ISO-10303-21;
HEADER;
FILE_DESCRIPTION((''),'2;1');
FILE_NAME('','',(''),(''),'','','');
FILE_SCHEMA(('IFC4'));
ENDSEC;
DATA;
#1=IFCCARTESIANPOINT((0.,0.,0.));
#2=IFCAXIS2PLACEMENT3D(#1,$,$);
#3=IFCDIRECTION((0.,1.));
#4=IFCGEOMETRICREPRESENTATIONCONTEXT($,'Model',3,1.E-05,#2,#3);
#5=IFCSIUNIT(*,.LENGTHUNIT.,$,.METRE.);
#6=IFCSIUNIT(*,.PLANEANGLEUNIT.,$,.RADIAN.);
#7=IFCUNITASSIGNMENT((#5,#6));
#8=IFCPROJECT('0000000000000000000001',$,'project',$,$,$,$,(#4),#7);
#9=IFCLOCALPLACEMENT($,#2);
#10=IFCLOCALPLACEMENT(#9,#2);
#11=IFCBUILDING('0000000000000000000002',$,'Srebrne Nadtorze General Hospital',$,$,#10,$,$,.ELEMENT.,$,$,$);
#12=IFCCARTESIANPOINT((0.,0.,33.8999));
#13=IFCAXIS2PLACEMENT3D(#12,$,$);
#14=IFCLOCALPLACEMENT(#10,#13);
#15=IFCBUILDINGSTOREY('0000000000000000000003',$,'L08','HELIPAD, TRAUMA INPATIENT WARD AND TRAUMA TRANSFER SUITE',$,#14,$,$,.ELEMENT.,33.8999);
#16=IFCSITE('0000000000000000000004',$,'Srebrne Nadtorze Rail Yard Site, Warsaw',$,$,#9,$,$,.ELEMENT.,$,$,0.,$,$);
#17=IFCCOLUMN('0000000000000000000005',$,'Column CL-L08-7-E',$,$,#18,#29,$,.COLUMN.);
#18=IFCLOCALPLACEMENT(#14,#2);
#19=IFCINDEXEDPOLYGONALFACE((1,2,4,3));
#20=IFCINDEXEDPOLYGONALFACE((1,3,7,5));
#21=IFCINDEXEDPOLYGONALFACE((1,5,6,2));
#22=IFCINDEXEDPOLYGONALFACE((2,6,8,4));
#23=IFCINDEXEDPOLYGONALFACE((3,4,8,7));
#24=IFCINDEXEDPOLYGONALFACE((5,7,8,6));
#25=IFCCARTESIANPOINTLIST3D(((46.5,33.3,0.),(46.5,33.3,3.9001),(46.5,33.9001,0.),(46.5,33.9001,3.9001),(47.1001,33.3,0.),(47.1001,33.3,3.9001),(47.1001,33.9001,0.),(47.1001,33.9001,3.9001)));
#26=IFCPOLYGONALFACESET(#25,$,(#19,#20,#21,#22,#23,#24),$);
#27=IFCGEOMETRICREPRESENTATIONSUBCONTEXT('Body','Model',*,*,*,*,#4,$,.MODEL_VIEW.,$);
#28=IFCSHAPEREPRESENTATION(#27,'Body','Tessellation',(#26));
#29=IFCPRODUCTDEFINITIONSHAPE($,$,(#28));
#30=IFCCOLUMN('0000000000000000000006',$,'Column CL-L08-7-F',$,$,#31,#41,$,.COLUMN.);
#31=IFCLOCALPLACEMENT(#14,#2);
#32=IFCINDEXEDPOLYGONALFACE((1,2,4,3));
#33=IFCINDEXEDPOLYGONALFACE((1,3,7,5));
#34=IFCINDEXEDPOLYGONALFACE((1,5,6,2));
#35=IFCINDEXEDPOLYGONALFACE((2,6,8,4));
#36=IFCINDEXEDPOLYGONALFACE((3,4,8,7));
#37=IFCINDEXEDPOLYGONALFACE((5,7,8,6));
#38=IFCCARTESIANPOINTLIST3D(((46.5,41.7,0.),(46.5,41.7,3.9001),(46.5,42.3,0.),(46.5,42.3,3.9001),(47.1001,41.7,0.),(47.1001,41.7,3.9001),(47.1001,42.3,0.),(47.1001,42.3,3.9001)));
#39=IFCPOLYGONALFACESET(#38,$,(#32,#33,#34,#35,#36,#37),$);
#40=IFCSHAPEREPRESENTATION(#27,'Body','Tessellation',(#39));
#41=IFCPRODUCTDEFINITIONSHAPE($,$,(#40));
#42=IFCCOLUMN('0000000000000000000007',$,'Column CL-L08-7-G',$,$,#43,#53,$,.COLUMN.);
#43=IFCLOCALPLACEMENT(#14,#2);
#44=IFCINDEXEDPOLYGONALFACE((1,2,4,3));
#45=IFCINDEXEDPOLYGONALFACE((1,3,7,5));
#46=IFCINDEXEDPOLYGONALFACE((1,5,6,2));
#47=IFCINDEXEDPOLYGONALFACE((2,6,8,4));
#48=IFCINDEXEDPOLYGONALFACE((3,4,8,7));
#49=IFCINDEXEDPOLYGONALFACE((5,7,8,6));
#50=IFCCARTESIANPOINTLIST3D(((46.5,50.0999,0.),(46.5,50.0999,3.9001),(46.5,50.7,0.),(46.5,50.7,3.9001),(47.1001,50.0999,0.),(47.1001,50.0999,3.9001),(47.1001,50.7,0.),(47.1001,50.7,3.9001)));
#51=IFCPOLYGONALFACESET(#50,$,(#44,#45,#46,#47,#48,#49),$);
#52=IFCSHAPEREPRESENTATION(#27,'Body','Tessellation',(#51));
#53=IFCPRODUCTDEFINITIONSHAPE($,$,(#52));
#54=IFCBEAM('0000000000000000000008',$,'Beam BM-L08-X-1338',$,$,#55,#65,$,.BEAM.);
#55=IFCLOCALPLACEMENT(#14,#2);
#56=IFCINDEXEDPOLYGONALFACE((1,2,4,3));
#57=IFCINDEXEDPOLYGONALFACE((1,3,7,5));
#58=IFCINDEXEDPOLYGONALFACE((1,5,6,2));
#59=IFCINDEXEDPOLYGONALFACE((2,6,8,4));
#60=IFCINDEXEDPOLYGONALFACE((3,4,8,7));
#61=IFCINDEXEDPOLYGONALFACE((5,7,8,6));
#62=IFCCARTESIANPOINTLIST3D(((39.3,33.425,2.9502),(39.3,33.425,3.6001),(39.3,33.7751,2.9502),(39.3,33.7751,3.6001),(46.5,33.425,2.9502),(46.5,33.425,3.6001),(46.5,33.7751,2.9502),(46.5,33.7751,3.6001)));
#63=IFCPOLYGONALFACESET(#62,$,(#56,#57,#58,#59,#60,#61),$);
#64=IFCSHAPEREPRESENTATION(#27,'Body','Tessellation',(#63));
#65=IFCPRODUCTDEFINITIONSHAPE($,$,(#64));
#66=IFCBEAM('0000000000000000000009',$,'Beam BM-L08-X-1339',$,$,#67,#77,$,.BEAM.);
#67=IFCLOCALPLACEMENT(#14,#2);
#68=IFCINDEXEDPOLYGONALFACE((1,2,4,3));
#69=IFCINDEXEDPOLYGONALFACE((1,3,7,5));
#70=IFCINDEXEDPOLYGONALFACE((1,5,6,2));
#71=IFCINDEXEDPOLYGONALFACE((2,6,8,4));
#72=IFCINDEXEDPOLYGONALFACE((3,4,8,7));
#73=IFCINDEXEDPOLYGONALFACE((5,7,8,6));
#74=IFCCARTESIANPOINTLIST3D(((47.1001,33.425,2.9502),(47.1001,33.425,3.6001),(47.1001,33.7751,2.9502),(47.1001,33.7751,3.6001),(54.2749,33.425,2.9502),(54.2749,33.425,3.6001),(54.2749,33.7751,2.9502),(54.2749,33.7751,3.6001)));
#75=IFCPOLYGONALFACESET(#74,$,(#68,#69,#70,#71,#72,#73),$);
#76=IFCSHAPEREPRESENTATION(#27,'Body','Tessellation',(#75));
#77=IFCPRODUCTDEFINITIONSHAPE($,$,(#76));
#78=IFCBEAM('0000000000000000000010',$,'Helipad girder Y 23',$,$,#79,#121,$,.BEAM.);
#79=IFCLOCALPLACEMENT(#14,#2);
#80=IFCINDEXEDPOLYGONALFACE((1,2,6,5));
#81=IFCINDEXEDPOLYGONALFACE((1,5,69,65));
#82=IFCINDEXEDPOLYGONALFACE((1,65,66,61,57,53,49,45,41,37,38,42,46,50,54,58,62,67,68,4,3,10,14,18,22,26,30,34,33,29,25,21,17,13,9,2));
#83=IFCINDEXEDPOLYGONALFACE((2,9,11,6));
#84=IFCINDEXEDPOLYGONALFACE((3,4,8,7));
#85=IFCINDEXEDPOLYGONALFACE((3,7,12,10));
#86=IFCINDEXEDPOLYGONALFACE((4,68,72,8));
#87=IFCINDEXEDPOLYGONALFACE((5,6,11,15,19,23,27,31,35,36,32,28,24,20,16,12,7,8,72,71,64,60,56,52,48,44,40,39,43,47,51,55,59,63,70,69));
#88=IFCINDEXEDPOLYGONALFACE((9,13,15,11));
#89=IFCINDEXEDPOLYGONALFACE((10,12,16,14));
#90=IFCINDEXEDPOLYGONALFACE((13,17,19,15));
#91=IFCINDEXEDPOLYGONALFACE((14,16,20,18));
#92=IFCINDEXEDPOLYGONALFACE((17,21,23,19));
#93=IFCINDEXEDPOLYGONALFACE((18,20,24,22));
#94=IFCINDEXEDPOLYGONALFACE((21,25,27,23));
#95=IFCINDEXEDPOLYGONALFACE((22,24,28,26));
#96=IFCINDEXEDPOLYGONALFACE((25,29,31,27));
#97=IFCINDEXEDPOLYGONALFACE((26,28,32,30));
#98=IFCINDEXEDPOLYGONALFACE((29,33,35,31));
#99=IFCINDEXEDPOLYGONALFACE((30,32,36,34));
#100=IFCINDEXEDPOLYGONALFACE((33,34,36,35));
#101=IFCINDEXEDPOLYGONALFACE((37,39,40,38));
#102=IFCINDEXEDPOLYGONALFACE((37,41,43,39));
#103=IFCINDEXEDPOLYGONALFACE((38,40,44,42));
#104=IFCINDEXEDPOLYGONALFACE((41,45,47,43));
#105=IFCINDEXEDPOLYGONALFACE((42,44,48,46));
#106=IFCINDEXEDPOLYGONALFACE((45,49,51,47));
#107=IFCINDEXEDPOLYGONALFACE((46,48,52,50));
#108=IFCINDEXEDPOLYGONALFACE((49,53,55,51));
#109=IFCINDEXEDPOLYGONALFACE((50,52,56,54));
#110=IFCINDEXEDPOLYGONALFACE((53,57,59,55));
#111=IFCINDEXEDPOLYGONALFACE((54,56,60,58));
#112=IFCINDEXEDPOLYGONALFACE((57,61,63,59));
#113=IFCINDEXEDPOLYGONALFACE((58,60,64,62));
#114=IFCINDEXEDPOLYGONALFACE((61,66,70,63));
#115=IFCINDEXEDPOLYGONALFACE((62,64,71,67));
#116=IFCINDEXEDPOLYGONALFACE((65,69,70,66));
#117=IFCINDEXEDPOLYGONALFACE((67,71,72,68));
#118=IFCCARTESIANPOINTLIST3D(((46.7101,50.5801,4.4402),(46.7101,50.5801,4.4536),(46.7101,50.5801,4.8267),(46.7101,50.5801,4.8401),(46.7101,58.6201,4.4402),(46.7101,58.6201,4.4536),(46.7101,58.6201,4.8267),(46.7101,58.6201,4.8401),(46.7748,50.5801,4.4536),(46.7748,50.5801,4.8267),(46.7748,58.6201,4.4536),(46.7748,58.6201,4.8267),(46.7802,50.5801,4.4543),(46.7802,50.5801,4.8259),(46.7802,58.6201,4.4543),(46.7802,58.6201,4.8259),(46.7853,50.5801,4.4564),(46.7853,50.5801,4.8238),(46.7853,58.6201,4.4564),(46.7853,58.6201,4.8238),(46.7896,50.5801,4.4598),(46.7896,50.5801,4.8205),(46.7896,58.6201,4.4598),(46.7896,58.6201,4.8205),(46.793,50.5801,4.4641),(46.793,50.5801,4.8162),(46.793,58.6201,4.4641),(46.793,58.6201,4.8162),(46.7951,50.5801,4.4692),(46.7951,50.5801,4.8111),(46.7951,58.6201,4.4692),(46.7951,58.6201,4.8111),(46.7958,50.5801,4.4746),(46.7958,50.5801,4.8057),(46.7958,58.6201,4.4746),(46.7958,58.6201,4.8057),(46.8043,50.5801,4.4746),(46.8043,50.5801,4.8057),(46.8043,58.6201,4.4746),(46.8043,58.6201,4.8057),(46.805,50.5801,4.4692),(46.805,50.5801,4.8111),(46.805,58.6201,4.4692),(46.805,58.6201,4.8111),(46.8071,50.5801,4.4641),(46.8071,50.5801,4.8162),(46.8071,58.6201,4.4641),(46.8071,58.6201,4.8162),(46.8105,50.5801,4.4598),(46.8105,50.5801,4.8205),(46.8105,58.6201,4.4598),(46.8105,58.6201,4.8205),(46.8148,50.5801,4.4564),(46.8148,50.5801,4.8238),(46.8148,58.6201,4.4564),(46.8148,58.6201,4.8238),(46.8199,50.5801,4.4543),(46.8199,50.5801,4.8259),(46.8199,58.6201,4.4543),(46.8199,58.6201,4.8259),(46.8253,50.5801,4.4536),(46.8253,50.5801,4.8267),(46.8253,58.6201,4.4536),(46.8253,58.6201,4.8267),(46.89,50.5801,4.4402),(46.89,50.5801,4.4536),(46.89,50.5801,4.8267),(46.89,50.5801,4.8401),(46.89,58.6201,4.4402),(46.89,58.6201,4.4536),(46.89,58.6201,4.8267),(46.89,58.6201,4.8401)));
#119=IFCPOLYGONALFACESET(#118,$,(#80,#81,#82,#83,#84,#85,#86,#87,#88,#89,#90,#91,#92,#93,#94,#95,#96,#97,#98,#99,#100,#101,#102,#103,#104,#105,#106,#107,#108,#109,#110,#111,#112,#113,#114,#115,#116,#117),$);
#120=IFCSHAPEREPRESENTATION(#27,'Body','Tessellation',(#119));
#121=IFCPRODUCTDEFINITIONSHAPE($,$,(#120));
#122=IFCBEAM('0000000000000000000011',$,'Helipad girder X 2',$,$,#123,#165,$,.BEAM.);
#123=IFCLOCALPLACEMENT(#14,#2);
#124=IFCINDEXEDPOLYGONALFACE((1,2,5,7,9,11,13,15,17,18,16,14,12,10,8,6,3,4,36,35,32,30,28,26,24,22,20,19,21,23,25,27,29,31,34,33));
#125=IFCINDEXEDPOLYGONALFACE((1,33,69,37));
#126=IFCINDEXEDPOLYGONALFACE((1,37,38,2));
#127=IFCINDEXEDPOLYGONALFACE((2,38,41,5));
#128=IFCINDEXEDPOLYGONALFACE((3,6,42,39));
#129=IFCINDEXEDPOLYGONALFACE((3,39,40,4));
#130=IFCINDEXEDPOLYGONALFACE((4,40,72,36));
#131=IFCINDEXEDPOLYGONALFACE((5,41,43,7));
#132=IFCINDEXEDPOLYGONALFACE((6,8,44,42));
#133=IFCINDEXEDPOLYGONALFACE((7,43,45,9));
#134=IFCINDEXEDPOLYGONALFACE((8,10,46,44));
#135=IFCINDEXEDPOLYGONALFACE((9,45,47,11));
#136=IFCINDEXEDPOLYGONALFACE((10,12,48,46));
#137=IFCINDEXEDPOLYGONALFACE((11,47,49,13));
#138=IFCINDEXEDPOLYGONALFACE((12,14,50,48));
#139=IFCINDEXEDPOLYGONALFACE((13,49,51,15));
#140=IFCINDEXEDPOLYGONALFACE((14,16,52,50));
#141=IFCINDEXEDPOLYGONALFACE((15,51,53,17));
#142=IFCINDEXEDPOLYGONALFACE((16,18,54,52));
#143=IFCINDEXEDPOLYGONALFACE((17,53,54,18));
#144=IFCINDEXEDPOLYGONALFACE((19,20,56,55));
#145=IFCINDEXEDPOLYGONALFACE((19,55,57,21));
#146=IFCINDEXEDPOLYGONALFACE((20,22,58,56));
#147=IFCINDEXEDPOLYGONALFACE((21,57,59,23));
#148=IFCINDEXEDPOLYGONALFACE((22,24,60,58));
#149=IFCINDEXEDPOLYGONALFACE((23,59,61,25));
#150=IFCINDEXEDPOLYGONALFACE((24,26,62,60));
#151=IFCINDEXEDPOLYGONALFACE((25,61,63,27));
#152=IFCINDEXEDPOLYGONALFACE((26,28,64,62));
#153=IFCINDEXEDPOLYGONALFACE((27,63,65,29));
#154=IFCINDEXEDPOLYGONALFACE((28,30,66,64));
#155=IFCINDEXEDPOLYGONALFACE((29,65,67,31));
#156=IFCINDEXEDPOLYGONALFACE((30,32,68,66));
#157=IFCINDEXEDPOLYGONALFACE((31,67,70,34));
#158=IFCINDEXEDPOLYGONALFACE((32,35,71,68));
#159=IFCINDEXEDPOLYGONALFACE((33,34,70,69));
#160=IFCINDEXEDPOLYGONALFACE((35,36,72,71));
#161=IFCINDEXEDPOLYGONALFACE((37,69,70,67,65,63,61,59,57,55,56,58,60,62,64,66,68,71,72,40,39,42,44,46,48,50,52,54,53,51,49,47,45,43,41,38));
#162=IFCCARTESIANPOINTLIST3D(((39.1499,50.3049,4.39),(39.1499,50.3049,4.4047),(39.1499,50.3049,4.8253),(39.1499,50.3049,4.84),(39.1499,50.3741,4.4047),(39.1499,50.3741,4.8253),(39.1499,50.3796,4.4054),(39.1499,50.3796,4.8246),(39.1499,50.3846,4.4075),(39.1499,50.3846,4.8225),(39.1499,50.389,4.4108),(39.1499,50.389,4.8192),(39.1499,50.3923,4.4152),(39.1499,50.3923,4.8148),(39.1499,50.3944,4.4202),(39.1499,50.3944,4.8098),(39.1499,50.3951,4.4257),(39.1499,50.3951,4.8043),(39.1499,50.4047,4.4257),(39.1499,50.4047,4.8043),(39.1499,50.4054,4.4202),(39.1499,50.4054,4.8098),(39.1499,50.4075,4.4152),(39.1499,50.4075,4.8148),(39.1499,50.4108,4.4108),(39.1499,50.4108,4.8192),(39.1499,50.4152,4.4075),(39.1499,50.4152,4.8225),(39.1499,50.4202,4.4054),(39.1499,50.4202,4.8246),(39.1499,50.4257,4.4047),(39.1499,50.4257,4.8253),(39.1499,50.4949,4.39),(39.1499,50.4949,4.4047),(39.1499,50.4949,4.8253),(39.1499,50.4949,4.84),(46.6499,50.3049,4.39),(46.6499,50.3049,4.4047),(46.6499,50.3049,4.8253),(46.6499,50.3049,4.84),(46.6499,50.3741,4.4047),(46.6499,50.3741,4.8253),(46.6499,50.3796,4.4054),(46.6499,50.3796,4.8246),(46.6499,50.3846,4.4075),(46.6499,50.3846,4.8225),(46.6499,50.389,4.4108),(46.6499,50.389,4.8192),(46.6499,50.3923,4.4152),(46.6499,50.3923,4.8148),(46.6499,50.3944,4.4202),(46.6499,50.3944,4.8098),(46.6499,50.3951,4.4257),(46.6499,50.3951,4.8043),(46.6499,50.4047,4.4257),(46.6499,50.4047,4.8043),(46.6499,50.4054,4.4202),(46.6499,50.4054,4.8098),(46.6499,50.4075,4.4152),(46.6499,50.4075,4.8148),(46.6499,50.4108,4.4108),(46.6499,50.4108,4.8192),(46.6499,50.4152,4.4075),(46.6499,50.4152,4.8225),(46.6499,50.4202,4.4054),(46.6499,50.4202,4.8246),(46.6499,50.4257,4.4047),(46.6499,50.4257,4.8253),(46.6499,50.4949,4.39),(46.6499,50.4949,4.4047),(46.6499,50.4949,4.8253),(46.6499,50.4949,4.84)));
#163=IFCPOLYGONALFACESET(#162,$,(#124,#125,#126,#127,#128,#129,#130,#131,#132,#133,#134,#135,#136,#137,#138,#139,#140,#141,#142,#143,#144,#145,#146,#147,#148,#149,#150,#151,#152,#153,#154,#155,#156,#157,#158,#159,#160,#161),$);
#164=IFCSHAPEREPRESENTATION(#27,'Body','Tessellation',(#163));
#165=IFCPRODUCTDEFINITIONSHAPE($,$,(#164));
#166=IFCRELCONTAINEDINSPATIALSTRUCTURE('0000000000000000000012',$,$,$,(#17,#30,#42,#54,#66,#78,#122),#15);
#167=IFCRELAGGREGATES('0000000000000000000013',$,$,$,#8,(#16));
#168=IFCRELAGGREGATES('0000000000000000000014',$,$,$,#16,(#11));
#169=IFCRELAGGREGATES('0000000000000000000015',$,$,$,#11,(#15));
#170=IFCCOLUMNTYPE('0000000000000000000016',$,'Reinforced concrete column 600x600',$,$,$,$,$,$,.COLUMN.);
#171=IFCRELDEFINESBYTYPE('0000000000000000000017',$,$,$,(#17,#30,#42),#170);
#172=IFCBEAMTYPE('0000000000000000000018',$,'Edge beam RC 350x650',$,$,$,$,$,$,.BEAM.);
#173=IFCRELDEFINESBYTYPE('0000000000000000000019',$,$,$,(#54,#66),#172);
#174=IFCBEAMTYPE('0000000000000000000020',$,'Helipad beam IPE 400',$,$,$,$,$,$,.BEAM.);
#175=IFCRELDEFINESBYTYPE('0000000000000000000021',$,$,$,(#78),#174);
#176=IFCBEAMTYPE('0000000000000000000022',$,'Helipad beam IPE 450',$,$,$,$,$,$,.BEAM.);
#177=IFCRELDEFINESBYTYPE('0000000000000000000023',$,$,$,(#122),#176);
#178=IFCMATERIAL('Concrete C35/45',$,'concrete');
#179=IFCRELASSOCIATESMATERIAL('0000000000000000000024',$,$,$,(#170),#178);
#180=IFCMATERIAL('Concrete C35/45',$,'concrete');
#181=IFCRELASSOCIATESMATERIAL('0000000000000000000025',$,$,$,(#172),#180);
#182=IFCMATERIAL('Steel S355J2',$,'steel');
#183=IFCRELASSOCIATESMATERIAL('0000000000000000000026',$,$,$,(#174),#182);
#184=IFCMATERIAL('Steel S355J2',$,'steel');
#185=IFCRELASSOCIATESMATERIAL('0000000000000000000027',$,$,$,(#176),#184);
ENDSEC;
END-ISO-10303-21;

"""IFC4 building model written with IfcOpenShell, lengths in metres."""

from ifc_helpers import new_model, si_unit, direction, frame, origin, origin_2d, place, context, subcontext, project, spatial, rectangle, i_section, extrude, material, material_profile, profile_set, type_object, element, save


model = new_model("IFC4")

# Units and contexts
model_context = context("Model", 3, precision=1e-05, world=origin(), true_north=direction((0.0, 1.0)))
body_context = subcontext(model_context, "Body", "Model", "MODEL_VIEW")
ifc_project = project(units=[si_unit("LENGTHUNIT", "METRE"), si_unit("PLANEANGLEUNIT", "RADIAN")], contexts=[model_context])

# Site, building, storey
site_placement = place(None, origin())
site = spatial("IfcSite", under=ifc_project, at=site_placement, Name="Srebrne Nadtorze Rail Yard Site, Warsaw", CompositionType="ELEMENT", RefElevation=0.0)
building_placement = place(site_placement, origin())
building = spatial("IfcBuilding", under=site, at=building_placement, Name="Srebrne Nadtorze General Hospital", CompositionType="ELEMENT")
storey_placement = place(building_placement, frame((0.0, 0.0, 33.8999)))
storey = spatial("IfcBuildingStorey", under=building, at=storey_placement, Name="L08", Description="HELIPAD, TRAUMA INPATIENT WARD AND TRAUMA TRANSFER SUITE", CompositionType="ELEMENT", Elevation=33.8999)

# Columns
ifc_material_1 = material(Name="Concrete C35/45", Category="concrete")
ifc_material_profile_1 = material_profile(ifc_material_1, rectangle(XDim=0.6001, YDim=0.6001, at=origin_2d()), Name="RC-COL-600x600")
ifc_profile_set_1 = profile_set([ifc_material_profile_1], Name="Concrete C35/45")
column_type = type_object("IfcColumnType", Name="Reinforced concrete column 600x600", PredefinedType="COLUMN", material=ifc_profile_set_1)
for number, where, z_axis, x_axis, name in (
    (1, (46.8, 33.6001, 0.0), (0.0, 0.0, 1.0), (1.0, 0.0, 0.0), "Column CL-L08-7-E"),
    (2, (46.8, 42.0, 0.0), (0.0, 0.0, 1.0), (1.0, 0.0, 0.0), "Column CL-L08-7-F"),
    (3, (46.8, 50.3999, 0.0), (0.0, 0.0, 1.0), (1.0, 0.0, 0.0), "Column CL-L08-7-G"),
):
    element("IfcColumn", number, at=place(storey_placement, frame(where, z_axis=z_axis, x_axis=x_axis)), inside=storey, type_object=column_type, Name=name, PredefinedType="COLUMN", context=body_context, shape_type="SweptSolid", body=[
        extrude(rectangle(XDim=0.6001, YDim=0.6001, at=origin_2d()), origin(), (0.0, 0.0, 1.0), 3.9001),
    ])

# Beams
ifc_material_2 = material(Name="Concrete C35/45", Category="concrete")
ifc_material_profile_2 = material_profile(ifc_material_2, rectangle(XDim=0.3501, YDim=0.6499, at=origin_2d()), Name="RC-BM-350x650")
ifc_profile_set_2 = profile_set([ifc_material_profile_2], Name="Concrete C35/45")
beam_type_1 = type_object("IfcBeamType", Name="Edge beam RC 350x650", PredefinedType="BEAM", material=ifc_profile_set_2)
beam_1_placement = place(storey_placement, frame((39.3, 33.6001, 3.2751), z_axis=(1.0, 0.0, 0.0), x_axis=(0.0, 1.0, 0.0)))
element("IfcBeam", 4, at=beam_1_placement, inside=storey, type_object=beam_type_1, Name="Beam BM-L08-X-1338", PredefinedType="BEAM", context=body_context, shape_type="SweptSolid", body=[
    extrude(rectangle(XDim=0.3501, YDim=0.6499, at=origin_2d()), origin(), (0.0, 0.0, 1.0), 7.2),
])
beam_2_placement = place(storey_placement, frame((47.1001, 33.6001, 3.2751), z_axis=(1.0, 0.0, 0.0), x_axis=(0.0, 1.0, 0.0)))
element("IfcBeam", 5, at=beam_2_placement, inside=storey, type_object=beam_type_1, Name="Beam BM-L08-X-1339", PredefinedType="BEAM", context=body_context, shape_type="SweptSolid", body=[
    extrude(rectangle(XDim=0.3501, YDim=0.6499, at=origin_2d()), origin(), (0.0, 0.0, 1.0), 7.1748),
])
ifc_material_3 = material(Name="Steel S355J2", Category="steel")
ifc_material_profile_3 = material_profile(ifc_material_3, i_section(OverallWidth=0.1799, OverallDepth=0.3999, WebThickness=0.0085, FlangeThickness=0.0134, FilletRadius=0.021, at=origin_2d()), Name="IPE-400")
ifc_profile_set_3 = profile_set([ifc_material_profile_3], Name="Steel S355J2")
beam_type_2 = type_object("IfcBeamType", Name="Helipad beam IPE 400", PredefinedType="BEAM", material=ifc_profile_set_3)
beam_3_placement = place(storey_placement, frame((46.8, 50.5801, 4.6401), z_axis=(0.0, 1.0, 0.0), x_axis=(-1.0, 0.0, 0.0)))
element("IfcBeam", 6, at=beam_3_placement, inside=storey, type_object=beam_type_2, Name="Helipad girder Y 23", PredefinedType="BEAM", context=body_context, shape_type="SweptSolid", body=[
    extrude(i_section(OverallWidth=0.1799, OverallDepth=0.3999, WebThickness=0.0085, FlangeThickness=0.0134, FilletRadius=0.021, at=origin_2d()), origin(), (0.0, 0.0, 1.0), 8.04),
])
ifc_material_4 = material(Name="Steel S355J2", Category="steel")
ifc_material_profile_4 = material_profile(ifc_material_4, i_section(OverallWidth=0.1899, OverallDepth=0.45, WebThickness=0.0095, FlangeThickness=0.0146, FilletRadius=0.021, at=origin_2d()), Name="IPE-450")
ifc_profile_set_4 = profile_set([ifc_material_profile_4], Name="Steel S355J2")
beam_type_3 = type_object("IfcBeamType", Name="Helipad beam IPE 450", PredefinedType="BEAM", material=ifc_profile_set_4)
for number, where, z_axis, x_axis, name in (
    (7, (39.1499, 50.3999, 4.615), (1.0, 0.0, 0.0), (0.0, 1.0, 0.0), "Helipad girder X 2"),
):
    element("IfcBeam", number, at=place(storey_placement, frame(where, z_axis=z_axis, x_axis=x_axis)), inside=storey, type_object=beam_type_3, Name=name, PredefinedType="BEAM", context=body_context, shape_type="SweptSolid", body=[
        extrude(i_section(OverallWidth=0.1899, OverallDepth=0.45, WebThickness=0.0095, FlangeThickness=0.0146, FilletRadius=0.021, at=origin_2d()), origin(), (0.0, 0.0, 1.0), 7.5),
    ])

save(model, "model.ifc")
